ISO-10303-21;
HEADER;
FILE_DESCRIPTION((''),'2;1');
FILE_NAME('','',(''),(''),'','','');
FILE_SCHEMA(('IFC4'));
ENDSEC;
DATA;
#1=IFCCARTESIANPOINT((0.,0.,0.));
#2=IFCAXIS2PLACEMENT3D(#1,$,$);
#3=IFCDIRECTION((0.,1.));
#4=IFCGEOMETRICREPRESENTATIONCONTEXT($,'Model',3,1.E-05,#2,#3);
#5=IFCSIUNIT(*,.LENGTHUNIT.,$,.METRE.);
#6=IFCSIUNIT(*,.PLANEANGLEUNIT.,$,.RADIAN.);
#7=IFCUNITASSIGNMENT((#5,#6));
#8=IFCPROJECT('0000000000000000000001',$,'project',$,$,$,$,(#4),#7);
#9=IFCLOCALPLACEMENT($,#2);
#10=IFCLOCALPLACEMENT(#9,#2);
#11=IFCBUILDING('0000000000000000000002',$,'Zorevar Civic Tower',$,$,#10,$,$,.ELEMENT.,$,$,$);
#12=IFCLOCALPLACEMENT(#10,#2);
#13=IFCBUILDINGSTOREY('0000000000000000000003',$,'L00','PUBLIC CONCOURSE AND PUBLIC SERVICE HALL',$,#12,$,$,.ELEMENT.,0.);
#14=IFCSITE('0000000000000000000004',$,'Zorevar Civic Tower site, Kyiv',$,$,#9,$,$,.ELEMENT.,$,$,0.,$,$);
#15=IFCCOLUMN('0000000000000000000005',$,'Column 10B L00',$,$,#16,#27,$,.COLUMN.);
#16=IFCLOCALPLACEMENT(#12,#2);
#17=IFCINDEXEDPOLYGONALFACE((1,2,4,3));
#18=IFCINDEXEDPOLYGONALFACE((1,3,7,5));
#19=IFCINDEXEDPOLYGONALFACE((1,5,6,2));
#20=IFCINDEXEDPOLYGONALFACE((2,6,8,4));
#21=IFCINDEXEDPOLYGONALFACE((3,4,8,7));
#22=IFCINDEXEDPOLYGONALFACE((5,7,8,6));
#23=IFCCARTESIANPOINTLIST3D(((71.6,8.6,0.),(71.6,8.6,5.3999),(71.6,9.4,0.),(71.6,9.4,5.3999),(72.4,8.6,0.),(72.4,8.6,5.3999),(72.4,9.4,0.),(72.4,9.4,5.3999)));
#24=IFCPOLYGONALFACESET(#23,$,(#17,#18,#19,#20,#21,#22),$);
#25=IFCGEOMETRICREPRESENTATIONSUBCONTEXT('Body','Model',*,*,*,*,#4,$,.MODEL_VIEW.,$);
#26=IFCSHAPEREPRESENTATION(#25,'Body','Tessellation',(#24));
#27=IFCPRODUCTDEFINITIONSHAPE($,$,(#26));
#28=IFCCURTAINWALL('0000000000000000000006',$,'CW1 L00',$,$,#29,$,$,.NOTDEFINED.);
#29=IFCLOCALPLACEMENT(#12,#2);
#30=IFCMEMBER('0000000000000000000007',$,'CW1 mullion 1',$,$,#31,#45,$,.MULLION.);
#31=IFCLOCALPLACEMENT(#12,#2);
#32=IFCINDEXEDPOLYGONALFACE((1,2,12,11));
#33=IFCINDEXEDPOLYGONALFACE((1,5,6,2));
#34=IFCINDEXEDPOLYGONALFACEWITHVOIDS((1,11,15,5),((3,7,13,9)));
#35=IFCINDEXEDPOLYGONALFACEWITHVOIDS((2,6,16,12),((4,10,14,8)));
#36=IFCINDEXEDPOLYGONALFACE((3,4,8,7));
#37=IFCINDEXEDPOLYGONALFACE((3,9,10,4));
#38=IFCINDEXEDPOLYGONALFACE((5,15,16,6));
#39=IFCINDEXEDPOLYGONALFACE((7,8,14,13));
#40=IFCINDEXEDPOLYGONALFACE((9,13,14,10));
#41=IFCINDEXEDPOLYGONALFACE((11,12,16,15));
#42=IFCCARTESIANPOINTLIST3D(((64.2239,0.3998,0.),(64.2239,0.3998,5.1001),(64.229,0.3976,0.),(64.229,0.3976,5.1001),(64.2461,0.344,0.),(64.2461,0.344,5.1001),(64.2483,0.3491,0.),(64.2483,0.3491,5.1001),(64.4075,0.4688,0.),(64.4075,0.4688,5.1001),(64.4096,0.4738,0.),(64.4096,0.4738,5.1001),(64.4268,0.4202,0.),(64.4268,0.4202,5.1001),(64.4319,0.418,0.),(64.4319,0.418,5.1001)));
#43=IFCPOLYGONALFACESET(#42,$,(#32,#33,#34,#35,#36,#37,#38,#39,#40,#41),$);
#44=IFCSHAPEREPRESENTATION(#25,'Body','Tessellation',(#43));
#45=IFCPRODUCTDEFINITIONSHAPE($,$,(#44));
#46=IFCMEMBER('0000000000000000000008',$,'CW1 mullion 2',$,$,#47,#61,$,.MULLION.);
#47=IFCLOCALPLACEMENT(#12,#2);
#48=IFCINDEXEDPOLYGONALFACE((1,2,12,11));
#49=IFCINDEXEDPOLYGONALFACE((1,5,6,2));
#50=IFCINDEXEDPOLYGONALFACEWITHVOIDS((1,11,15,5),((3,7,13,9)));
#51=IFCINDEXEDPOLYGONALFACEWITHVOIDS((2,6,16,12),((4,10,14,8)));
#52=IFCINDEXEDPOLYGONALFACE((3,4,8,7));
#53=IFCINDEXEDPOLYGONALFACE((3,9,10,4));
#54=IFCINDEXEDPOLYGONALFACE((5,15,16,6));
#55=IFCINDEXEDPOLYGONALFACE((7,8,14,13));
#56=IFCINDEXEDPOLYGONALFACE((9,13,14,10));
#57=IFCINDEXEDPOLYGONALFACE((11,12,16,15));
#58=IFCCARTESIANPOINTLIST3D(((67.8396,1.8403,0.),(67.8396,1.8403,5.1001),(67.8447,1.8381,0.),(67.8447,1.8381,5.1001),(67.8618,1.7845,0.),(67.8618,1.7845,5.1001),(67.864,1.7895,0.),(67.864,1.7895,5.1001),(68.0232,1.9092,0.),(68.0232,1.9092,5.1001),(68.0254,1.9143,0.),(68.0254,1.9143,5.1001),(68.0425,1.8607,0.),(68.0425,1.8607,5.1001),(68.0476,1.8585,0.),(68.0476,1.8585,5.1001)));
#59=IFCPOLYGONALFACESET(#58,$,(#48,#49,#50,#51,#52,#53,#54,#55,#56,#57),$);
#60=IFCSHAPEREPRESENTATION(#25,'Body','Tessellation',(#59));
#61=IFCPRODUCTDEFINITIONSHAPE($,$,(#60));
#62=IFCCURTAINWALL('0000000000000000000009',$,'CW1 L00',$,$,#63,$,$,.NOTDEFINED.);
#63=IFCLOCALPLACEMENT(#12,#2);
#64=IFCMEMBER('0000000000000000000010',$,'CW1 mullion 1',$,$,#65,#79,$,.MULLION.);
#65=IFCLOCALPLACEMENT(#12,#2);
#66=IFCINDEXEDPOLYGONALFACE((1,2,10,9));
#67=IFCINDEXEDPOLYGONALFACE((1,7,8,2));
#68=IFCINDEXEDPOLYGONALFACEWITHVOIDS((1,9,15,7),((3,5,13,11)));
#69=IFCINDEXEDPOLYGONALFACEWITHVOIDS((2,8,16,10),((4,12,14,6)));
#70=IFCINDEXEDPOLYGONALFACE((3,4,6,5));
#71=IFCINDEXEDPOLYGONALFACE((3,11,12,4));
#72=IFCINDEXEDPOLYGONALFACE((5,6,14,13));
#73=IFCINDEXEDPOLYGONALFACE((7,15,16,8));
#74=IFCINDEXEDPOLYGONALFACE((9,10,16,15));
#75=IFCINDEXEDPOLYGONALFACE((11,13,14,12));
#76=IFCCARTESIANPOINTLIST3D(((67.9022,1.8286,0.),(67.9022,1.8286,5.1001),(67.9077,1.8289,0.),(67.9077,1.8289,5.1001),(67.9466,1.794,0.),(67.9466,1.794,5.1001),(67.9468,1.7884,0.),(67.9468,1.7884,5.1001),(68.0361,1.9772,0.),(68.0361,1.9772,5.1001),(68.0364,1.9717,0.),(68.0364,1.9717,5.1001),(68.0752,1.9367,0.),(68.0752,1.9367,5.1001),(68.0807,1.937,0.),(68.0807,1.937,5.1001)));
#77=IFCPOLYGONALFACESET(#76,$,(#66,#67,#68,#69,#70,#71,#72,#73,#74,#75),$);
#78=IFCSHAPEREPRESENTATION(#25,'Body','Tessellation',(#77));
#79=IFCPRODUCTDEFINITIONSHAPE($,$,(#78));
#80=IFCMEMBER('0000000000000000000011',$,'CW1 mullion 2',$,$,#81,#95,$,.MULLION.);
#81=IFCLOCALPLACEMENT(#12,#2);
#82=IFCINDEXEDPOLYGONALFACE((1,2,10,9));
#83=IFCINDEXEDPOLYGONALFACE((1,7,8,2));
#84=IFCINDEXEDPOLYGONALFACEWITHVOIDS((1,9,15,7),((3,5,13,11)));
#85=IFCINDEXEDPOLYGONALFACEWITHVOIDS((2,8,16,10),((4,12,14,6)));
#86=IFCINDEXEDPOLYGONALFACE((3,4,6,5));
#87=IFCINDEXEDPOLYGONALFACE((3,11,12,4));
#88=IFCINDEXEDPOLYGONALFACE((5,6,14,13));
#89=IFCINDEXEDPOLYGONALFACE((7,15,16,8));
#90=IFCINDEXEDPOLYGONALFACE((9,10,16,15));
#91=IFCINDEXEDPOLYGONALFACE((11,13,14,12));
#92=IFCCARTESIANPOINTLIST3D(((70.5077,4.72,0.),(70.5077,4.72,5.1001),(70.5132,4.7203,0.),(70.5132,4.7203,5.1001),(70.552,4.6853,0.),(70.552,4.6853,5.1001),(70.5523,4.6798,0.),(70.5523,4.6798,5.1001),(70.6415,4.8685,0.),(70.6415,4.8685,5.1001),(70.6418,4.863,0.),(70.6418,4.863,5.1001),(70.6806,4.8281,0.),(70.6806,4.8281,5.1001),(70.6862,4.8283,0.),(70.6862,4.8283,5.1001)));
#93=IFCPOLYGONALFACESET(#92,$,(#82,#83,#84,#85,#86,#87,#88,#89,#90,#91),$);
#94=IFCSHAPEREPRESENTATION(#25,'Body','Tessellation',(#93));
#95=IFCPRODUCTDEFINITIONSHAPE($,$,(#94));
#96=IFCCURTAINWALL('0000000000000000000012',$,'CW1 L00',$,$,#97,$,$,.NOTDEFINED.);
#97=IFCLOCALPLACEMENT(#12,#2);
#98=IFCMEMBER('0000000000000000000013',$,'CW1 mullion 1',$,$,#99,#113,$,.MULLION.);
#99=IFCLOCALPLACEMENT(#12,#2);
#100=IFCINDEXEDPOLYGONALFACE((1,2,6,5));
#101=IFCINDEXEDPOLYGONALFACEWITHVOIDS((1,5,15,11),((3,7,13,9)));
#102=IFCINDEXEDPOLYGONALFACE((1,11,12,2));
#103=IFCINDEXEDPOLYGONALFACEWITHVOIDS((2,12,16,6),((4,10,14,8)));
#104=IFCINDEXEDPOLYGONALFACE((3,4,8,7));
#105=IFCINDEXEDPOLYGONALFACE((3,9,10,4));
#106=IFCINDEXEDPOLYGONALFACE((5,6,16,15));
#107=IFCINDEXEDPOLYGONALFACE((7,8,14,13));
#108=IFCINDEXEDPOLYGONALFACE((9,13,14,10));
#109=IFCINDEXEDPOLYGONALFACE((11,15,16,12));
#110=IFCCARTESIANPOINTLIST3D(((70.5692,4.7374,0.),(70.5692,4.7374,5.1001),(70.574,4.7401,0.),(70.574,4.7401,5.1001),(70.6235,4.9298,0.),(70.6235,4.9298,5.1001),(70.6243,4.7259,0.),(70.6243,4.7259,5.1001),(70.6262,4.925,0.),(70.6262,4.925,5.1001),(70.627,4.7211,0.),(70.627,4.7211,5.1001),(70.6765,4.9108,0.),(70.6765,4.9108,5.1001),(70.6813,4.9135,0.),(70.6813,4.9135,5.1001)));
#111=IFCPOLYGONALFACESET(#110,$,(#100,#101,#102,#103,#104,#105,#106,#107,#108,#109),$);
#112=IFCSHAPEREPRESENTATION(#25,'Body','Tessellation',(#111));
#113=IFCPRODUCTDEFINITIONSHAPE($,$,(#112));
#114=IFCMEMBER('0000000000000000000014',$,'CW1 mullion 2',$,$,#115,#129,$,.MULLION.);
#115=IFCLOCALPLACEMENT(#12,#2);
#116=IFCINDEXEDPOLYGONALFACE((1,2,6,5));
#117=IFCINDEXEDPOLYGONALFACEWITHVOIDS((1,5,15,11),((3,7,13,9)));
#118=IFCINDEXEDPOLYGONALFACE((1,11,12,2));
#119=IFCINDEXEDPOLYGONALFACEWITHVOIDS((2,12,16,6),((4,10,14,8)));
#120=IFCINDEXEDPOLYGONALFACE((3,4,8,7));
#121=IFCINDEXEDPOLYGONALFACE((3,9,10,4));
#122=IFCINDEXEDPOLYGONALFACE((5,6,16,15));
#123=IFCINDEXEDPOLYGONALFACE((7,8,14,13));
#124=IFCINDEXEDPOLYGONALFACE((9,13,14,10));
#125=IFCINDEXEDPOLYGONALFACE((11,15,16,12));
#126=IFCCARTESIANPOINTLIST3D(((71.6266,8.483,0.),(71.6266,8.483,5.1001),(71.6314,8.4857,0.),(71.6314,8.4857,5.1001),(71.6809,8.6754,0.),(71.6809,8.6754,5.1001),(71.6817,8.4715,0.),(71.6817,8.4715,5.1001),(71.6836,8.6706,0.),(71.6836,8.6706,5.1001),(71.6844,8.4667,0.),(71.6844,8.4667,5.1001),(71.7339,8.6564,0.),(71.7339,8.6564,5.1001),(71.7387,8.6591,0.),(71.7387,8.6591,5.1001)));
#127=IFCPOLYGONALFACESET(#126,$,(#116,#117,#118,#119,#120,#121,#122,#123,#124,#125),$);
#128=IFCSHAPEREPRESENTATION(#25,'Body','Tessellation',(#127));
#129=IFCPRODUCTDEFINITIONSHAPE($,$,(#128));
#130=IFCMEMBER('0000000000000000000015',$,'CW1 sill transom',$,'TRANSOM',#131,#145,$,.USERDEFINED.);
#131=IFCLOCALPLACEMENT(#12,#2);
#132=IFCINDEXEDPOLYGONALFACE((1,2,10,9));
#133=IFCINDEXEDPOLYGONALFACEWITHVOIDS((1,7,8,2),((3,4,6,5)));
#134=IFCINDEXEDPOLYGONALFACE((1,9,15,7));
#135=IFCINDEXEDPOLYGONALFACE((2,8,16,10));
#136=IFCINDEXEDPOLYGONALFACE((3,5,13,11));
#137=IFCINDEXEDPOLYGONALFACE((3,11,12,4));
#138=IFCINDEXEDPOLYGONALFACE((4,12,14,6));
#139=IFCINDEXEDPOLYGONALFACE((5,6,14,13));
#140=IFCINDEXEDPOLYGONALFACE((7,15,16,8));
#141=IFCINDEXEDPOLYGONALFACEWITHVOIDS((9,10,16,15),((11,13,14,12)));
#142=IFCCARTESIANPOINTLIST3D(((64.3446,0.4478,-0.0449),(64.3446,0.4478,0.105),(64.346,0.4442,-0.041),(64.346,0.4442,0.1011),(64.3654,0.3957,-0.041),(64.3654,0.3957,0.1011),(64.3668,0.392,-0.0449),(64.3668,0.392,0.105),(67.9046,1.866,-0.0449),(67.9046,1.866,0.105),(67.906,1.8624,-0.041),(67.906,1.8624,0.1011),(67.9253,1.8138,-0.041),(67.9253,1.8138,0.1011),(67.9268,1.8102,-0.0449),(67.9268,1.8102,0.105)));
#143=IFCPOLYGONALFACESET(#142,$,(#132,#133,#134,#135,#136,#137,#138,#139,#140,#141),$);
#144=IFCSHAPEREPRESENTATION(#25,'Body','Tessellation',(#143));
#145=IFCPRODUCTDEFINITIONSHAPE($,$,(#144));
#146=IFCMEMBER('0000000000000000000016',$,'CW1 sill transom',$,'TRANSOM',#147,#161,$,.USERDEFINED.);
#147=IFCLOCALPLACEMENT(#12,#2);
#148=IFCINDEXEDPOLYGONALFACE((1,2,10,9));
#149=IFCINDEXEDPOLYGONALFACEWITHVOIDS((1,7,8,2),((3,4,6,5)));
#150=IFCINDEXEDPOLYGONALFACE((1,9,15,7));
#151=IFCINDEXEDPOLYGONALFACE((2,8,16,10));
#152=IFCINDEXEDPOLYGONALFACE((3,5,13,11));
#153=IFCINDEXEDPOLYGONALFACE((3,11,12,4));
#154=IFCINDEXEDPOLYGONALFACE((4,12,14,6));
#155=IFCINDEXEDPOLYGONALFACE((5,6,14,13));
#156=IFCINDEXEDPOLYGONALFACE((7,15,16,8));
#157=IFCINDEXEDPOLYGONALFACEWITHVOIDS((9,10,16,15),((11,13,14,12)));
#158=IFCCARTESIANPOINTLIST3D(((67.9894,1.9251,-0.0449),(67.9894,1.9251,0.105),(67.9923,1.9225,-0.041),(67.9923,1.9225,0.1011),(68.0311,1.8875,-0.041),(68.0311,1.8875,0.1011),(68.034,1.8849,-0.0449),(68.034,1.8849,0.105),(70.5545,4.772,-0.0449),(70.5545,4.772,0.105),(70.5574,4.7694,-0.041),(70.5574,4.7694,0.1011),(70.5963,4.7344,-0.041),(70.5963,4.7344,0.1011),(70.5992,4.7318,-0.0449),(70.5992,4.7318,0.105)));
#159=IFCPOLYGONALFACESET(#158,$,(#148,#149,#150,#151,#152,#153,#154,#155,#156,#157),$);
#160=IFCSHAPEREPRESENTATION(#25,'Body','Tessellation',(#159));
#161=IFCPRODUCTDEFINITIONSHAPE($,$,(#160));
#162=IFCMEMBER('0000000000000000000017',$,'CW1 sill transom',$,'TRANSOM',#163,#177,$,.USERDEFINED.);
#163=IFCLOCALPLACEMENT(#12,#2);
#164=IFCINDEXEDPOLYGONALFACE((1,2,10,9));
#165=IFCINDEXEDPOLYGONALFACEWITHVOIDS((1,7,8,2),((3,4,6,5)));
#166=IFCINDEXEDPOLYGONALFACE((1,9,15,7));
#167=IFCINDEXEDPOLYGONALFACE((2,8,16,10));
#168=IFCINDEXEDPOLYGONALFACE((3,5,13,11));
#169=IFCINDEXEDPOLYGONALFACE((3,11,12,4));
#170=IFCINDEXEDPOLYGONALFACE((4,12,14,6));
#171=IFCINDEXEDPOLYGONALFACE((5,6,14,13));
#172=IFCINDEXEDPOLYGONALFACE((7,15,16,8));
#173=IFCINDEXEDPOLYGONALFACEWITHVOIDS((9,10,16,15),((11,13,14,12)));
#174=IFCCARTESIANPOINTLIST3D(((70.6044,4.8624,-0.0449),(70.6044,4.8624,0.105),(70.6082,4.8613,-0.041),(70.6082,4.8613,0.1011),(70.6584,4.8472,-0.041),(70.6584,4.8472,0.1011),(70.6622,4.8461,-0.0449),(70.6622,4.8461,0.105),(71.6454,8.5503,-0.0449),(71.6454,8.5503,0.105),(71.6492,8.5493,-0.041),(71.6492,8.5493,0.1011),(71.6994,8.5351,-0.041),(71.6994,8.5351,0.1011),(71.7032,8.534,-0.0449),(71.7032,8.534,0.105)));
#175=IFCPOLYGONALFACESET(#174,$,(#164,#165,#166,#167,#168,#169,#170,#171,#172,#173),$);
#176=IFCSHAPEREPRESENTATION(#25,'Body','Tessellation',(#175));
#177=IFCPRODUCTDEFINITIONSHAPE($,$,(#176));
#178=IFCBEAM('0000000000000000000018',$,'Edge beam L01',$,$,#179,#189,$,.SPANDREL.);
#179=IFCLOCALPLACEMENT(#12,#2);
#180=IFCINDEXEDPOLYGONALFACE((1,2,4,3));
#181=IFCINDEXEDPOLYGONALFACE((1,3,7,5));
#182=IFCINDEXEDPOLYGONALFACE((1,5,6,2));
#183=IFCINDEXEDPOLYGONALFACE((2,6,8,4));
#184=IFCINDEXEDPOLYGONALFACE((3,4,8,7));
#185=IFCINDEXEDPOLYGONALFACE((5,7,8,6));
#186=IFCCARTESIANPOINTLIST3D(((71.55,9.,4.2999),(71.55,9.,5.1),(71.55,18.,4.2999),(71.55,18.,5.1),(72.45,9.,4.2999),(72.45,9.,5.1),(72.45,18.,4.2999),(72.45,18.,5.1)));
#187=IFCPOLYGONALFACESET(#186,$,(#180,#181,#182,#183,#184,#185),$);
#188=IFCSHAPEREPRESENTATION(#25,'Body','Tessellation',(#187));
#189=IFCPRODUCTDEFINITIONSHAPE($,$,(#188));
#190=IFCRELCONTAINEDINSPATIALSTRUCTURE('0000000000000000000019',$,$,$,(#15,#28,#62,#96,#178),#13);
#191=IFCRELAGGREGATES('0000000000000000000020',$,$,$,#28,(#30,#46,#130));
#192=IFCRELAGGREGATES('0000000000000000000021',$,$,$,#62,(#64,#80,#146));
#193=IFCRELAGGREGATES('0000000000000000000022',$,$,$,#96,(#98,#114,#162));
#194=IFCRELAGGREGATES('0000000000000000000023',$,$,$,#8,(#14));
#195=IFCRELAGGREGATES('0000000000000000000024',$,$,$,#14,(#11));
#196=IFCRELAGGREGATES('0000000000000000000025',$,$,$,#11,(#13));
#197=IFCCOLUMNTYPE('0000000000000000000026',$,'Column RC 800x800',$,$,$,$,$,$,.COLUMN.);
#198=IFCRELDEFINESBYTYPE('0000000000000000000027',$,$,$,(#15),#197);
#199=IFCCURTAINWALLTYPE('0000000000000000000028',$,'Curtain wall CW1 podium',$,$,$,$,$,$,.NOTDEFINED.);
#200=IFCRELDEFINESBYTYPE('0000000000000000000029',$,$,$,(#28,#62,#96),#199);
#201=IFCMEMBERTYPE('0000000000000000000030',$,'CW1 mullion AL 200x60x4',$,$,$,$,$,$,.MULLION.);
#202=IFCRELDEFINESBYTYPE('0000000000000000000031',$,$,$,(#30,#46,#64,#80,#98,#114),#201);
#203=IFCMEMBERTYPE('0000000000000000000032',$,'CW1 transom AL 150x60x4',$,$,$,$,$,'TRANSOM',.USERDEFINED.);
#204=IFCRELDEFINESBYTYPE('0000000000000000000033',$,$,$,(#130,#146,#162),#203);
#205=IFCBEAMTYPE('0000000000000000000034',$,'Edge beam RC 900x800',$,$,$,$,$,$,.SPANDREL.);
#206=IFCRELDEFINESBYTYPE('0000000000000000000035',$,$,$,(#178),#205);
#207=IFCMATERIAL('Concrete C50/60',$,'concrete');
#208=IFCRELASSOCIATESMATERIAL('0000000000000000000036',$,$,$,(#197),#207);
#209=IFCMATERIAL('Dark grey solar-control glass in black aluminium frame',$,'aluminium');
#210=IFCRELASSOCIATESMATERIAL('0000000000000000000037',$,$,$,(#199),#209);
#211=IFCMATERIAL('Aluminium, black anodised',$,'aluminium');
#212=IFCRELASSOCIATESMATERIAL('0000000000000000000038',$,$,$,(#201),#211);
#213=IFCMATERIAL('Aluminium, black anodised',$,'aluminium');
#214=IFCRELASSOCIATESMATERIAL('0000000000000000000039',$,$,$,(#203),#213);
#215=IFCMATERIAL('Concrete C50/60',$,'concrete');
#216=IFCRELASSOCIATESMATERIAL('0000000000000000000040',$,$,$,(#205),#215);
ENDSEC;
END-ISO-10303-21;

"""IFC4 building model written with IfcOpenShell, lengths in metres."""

from ifc_helpers import new_model, si_unit, direction, frame, origin, origin_2d, place, context, subcontext, project, spatial, rectangle, hollow_rectangle, extrude, material, material_profile, profile_set, type_object, element, aggregate, save


model = new_model("IFC4")

# Units and contexts
model_context = context("Model", 3, precision=1e-05, world=origin(), true_north=direction((0.0, 1.0)))
body_context = subcontext(model_context, "Body", "Model", "MODEL_VIEW")
ifc_project = project(units=[si_unit("LENGTHUNIT", "METRE"), si_unit("PLANEANGLEUNIT", "RADIAN")], contexts=[model_context])

# Site, building, storey
site_placement = place(None, origin())
site = spatial("IfcSite", under=ifc_project, at=site_placement, Name="Zorevar Civic Tower site, Kyiv", CompositionType="ELEMENT", RefElevation=0.0)
building_placement = place(site_placement, origin())
building = spatial("IfcBuilding", under=site, at=building_placement, Name="Zorevar Civic Tower", CompositionType="ELEMENT")
storey_placement = place(building_placement, origin())
storey = spatial("IfcBuildingStorey", under=building, at=storey_placement, Name="L00", Description="PUBLIC CONCOURSE AND PUBLIC SERVICE HALL", CompositionType="ELEMENT", Elevation=0.0)

# Column
ifc_material_1 = material(Name="Concrete C50/60", Category="concrete")
ifc_material_profile_1 = material_profile(ifc_material_1, rectangle(XDim=0.8, YDim=0.8, at=origin_2d()), Name="RC 800x800")
ifc_profile_set_1 = profile_set([ifc_material_profile_1], Name="Concrete C50/60")
column_type = type_object("IfcColumnType", Name="Column RC 800x800", PredefinedType="COLUMN", material=ifc_profile_set_1)
column_placement = place(storey_placement, frame((72.0, 9.0, 0.0), z_axis=(0.0, 0.0, 1.0), x_axis=(1.0, 0.0, 0.0)))
element("IfcColumn", 1, at=column_placement, inside=storey, type_object=column_type, Name="Column 10B L00", PredefinedType="COLUMN", context=body_context, shape_type="SweptSolid", body=[
    extrude(rectangle(XDim=0.8, YDim=0.8, at=origin_2d()), origin(), (0.0, 0.0, 1.0), 5.3999),
])

# Curtain walls, members
ifc_material_2 = material(Name="Dark grey solar-control glass in black aluminium frame", Category="aluminium")
curtain_wall_type = type_object("IfcCurtainWallType", Name="Curtain wall CW1 podium", PredefinedType="NOTDEFINED", material=ifc_material_2)
curtain_wall_1_placement = place(storey_placement, origin())
curtain_wall_1 = element("IfcCurtainWall", 2, at=curtain_wall_1_placement, inside=storey, type_object=curtain_wall_type, Name="CW1 L00", PredefinedType="NOTDEFINED")
ifc_material_3 = material(Name="Aluminium, black anodised", Category="aluminium")
ifc_material_profile_2 = material_profile(ifc_material_3, hollow_rectangle(XDim=0.0601, YDim=0.2, WallThickness=0.0039, at=origin_2d()), Name="AL 200x60x4")
ifc_profile_set_2 = profile_set([ifc_material_profile_2], Name="Aluminium, black anodised")
member_type_1 = type_object("IfcMemberType", Name="CW1 mullion AL 200x60x4", PredefinedType="MULLION", material=ifc_profile_set_2)
member_1_placement = place(storey_placement, frame((64.3279, 0.4089, 0.0), z_axis=(0.0, 0.0, 1.0), x_axis=(-0.370111, 0.928988, 0.0)))
member_1 = element("IfcMember", 3, at=member_1_placement, type_object=member_type_1, Name="CW1 mullion 1", PredefinedType="MULLION", context=body_context, shape_type="SweptSolid", body=[
    extrude(hollow_rectangle(XDim=0.0601, YDim=0.2, WallThickness=0.0039, at=origin_2d()), origin(), (0.0, 0.0, 1.0), 5.1001),
])
member_2_placement = place(storey_placement, frame((67.9436, 1.8494, 0.0), z_axis=(0.0, 0.0, 1.0), x_axis=(-0.370111, 0.928988, 0.0)))
member_2 = element("IfcMember", 4, at=member_2_placement, type_object=member_type_1, Name="CW1 mullion 2", PredefinedType="MULLION", context=body_context, shape_type="SweptSolid", body=[
    extrude(hollow_rectangle(XDim=0.0601, YDim=0.2, WallThickness=0.0039, at=origin_2d()), origin(), (0.0, 0.0, 1.0), 5.1001),
])
curtain_wall_2_placement = place(storey_placement, origin())
curtain_wall_2 = element("IfcCurtainWall", 5, at=curtain_wall_2_placement, inside=storey, type_object=curtain_wall_type, Name="CW1 L00", PredefinedType="NOTDEFINED")
member_3_placement = place(storey_placement, frame((67.9915, 1.8828, 0.0), z_axis=(0.0, 0.0, 1.0), x_axis=(-0.7429, 0.669403, 0.0)))
member_3 = element("IfcMember", 6, at=member_3_placement, type_object=member_type_1, Name="CW1 mullion 1", PredefinedType="MULLION", context=body_context, shape_type="SweptSolid", body=[
    extrude(hollow_rectangle(XDim=0.0601, YDim=0.2, WallThickness=0.0039, at=origin_2d()), origin(), (0.0, 0.0, 1.0), 5.1001),
])
member_4_placement = place(storey_placement, frame((70.5969, 4.7742, 0.0), z_axis=(0.0, 0.0, 1.0), x_axis=(-0.7429, 0.669403, 0.0)))
member_4 = element("IfcMember", 7, at=member_4_placement, type_object=member_type_1, Name="CW1 mullion 2", PredefinedType="MULLION", context=body_context, shape_type="SweptSolid", body=[
    extrude(hollow_rectangle(XDim=0.0601, YDim=0.2, WallThickness=0.0039, at=origin_2d()), origin(), (0.0, 0.0, 1.0), 5.1001),
])
curtain_wall_3_placement = place(storey_placement, origin())
curtain_wall_3 = element("IfcCurtainWall", 8, at=curtain_wall_3_placement, inside=storey, type_object=curtain_wall_type, Name="CW1 L00", PredefinedType="NOTDEFINED")
member_5_placement = place(storey_placement, frame((70.6252, 4.8254, 0.0), z_axis=(0.0, 0.0, 1.0), x_axis=(-0.962391, 0.271669, 0.0)))
member_5 = element("IfcMember", 9, at=member_5_placement, type_object=member_type_1, Name="CW1 mullion 1", PredefinedType="MULLION", context=body_context, shape_type="SweptSolid", body=[
    extrude(hollow_rectangle(XDim=0.0601, YDim=0.2, WallThickness=0.0039, at=origin_2d()), origin(), (0.0, 0.0, 1.0), 5.1001),
])
member_6_placement = place(storey_placement, frame((71.6826, 8.571, 0.0), z_axis=(0.0, 0.0, 1.0), x_axis=(-0.962391, 0.271669, 0.0)))
member_6 = element("IfcMember", 10, at=member_6_placement, type_object=member_type_1, Name="CW1 mullion 2", PredefinedType="MULLION", context=body_context, shape_type="SweptSolid", body=[
    extrude(hollow_rectangle(XDim=0.0601, YDim=0.2, WallThickness=0.0039, at=origin_2d()), origin(), (0.0, 0.0, 1.0), 5.1001),
])

# Members
ifc_material_4 = material(Name="Aluminium, black anodised", Category="aluminium")
ifc_material_profile_3 = material_profile(ifc_material_4, hollow_rectangle(XDim=0.0601, YDim=0.1499, WallThickness=0.0039, at=origin_2d()), Name="AL 150x60x4")
ifc_profile_set_3 = profile_set([ifc_material_profile_3], Name="Aluminium, black anodised")
member_type_2 = type_object("IfcMemberType", Name="CW1 transom AL 150x60x4", ElementType="TRANSOM", PredefinedType="USERDEFINED", material=ifc_profile_set_3)
member_7_placement = place(storey_placement, frame((64.3557, 0.4199, 0.03), z_axis=(0.928999, 0.370083, 0.0), x_axis=(-0.370083, 0.928999, 0.0)))
member_7 = element("IfcMember", 11, at=member_7_placement, type_object=member_type_2, Name="CW1 sill transom", ObjectType="TRANSOM", PredefinedType="USERDEFINED", context=body_context, shape_type="SweptSolid", body=[
    extrude(hollow_rectangle(XDim=0.0601, YDim=0.1499, WallThickness=0.0039, at=origin_2d()), origin(), (0.0, 0.0, 1.0), 3.832),
])
member_8_placement = place(storey_placement, frame((68.0117, 1.905, 0.03), z_axis=(0.669391, 0.742911, 0.0), x_axis=(-0.742911, 0.669391, 0.0)))
member_8 = element("IfcMember", 12, at=member_8_placement, type_object=member_type_2, Name="CW1 sill transom", ObjectType="TRANSOM", PredefinedType="USERDEFINED", context=body_context, shape_type="SweptSolid", body=[
    extrude(hollow_rectangle(XDim=0.0601, YDim=0.1499, WallThickness=0.0039, at=origin_2d()), origin(), (0.0, 0.0, 1.0), 3.832),
])
member_9_placement = place(storey_placement, frame((70.6333, 4.8542, 0.03), z_axis=(0.271657, 0.962394, 0.0), x_axis=(-0.962394, 0.271657, 0.0)))
member_9 = element("IfcMember", 13, at=member_9_placement, type_object=member_type_2, Name="CW1 sill transom", ObjectType="TRANSOM", PredefinedType="USERDEFINED", context=body_context, shape_type="SweptSolid", body=[
    extrude(hollow_rectangle(XDim=0.0601, YDim=0.1499, WallThickness=0.0039, at=origin_2d()), origin(), (0.0, 0.0, 1.0), 3.832),
])

# Beam
ifc_material_5 = material(Name="Concrete C50/60", Category="concrete")
ifc_material_profile_4 = material_profile(ifc_material_5, rectangle(XDim=0.8999, YDim=0.8, at=origin_2d()), Name="RC 900x800")
ifc_profile_set_4 = profile_set([ifc_material_profile_4], Name="Concrete C50/60")
beam_type = type_object("IfcBeamType", Name="Edge beam RC 900x800", PredefinedType="SPANDREL", material=ifc_profile_set_4)
beam_placement = place(storey_placement, frame((72.0, 9.0, 4.7), z_axis=(0.0, 1.0, 0.0), x_axis=(-1.0, 0.0, 0.0)))
element("IfcBeam", 14, at=beam_placement, inside=storey, type_object=beam_type, Name="Edge beam L01", PredefinedType="SPANDREL", context=body_context, shape_type="SweptSolid", body=[
    extrude(rectangle(XDim=0.8999, YDim=0.8, at=origin_2d()), origin(), (0.0, 0.0, 1.0), 9.0),
])

aggregate(curtain_wall_1, [member_1, member_2, member_7])
aggregate(curtain_wall_2, [member_3, member_4, member_8])
aggregate(curtain_wall_3, [member_5, member_6, member_9])

save(model, "model.ifc")
